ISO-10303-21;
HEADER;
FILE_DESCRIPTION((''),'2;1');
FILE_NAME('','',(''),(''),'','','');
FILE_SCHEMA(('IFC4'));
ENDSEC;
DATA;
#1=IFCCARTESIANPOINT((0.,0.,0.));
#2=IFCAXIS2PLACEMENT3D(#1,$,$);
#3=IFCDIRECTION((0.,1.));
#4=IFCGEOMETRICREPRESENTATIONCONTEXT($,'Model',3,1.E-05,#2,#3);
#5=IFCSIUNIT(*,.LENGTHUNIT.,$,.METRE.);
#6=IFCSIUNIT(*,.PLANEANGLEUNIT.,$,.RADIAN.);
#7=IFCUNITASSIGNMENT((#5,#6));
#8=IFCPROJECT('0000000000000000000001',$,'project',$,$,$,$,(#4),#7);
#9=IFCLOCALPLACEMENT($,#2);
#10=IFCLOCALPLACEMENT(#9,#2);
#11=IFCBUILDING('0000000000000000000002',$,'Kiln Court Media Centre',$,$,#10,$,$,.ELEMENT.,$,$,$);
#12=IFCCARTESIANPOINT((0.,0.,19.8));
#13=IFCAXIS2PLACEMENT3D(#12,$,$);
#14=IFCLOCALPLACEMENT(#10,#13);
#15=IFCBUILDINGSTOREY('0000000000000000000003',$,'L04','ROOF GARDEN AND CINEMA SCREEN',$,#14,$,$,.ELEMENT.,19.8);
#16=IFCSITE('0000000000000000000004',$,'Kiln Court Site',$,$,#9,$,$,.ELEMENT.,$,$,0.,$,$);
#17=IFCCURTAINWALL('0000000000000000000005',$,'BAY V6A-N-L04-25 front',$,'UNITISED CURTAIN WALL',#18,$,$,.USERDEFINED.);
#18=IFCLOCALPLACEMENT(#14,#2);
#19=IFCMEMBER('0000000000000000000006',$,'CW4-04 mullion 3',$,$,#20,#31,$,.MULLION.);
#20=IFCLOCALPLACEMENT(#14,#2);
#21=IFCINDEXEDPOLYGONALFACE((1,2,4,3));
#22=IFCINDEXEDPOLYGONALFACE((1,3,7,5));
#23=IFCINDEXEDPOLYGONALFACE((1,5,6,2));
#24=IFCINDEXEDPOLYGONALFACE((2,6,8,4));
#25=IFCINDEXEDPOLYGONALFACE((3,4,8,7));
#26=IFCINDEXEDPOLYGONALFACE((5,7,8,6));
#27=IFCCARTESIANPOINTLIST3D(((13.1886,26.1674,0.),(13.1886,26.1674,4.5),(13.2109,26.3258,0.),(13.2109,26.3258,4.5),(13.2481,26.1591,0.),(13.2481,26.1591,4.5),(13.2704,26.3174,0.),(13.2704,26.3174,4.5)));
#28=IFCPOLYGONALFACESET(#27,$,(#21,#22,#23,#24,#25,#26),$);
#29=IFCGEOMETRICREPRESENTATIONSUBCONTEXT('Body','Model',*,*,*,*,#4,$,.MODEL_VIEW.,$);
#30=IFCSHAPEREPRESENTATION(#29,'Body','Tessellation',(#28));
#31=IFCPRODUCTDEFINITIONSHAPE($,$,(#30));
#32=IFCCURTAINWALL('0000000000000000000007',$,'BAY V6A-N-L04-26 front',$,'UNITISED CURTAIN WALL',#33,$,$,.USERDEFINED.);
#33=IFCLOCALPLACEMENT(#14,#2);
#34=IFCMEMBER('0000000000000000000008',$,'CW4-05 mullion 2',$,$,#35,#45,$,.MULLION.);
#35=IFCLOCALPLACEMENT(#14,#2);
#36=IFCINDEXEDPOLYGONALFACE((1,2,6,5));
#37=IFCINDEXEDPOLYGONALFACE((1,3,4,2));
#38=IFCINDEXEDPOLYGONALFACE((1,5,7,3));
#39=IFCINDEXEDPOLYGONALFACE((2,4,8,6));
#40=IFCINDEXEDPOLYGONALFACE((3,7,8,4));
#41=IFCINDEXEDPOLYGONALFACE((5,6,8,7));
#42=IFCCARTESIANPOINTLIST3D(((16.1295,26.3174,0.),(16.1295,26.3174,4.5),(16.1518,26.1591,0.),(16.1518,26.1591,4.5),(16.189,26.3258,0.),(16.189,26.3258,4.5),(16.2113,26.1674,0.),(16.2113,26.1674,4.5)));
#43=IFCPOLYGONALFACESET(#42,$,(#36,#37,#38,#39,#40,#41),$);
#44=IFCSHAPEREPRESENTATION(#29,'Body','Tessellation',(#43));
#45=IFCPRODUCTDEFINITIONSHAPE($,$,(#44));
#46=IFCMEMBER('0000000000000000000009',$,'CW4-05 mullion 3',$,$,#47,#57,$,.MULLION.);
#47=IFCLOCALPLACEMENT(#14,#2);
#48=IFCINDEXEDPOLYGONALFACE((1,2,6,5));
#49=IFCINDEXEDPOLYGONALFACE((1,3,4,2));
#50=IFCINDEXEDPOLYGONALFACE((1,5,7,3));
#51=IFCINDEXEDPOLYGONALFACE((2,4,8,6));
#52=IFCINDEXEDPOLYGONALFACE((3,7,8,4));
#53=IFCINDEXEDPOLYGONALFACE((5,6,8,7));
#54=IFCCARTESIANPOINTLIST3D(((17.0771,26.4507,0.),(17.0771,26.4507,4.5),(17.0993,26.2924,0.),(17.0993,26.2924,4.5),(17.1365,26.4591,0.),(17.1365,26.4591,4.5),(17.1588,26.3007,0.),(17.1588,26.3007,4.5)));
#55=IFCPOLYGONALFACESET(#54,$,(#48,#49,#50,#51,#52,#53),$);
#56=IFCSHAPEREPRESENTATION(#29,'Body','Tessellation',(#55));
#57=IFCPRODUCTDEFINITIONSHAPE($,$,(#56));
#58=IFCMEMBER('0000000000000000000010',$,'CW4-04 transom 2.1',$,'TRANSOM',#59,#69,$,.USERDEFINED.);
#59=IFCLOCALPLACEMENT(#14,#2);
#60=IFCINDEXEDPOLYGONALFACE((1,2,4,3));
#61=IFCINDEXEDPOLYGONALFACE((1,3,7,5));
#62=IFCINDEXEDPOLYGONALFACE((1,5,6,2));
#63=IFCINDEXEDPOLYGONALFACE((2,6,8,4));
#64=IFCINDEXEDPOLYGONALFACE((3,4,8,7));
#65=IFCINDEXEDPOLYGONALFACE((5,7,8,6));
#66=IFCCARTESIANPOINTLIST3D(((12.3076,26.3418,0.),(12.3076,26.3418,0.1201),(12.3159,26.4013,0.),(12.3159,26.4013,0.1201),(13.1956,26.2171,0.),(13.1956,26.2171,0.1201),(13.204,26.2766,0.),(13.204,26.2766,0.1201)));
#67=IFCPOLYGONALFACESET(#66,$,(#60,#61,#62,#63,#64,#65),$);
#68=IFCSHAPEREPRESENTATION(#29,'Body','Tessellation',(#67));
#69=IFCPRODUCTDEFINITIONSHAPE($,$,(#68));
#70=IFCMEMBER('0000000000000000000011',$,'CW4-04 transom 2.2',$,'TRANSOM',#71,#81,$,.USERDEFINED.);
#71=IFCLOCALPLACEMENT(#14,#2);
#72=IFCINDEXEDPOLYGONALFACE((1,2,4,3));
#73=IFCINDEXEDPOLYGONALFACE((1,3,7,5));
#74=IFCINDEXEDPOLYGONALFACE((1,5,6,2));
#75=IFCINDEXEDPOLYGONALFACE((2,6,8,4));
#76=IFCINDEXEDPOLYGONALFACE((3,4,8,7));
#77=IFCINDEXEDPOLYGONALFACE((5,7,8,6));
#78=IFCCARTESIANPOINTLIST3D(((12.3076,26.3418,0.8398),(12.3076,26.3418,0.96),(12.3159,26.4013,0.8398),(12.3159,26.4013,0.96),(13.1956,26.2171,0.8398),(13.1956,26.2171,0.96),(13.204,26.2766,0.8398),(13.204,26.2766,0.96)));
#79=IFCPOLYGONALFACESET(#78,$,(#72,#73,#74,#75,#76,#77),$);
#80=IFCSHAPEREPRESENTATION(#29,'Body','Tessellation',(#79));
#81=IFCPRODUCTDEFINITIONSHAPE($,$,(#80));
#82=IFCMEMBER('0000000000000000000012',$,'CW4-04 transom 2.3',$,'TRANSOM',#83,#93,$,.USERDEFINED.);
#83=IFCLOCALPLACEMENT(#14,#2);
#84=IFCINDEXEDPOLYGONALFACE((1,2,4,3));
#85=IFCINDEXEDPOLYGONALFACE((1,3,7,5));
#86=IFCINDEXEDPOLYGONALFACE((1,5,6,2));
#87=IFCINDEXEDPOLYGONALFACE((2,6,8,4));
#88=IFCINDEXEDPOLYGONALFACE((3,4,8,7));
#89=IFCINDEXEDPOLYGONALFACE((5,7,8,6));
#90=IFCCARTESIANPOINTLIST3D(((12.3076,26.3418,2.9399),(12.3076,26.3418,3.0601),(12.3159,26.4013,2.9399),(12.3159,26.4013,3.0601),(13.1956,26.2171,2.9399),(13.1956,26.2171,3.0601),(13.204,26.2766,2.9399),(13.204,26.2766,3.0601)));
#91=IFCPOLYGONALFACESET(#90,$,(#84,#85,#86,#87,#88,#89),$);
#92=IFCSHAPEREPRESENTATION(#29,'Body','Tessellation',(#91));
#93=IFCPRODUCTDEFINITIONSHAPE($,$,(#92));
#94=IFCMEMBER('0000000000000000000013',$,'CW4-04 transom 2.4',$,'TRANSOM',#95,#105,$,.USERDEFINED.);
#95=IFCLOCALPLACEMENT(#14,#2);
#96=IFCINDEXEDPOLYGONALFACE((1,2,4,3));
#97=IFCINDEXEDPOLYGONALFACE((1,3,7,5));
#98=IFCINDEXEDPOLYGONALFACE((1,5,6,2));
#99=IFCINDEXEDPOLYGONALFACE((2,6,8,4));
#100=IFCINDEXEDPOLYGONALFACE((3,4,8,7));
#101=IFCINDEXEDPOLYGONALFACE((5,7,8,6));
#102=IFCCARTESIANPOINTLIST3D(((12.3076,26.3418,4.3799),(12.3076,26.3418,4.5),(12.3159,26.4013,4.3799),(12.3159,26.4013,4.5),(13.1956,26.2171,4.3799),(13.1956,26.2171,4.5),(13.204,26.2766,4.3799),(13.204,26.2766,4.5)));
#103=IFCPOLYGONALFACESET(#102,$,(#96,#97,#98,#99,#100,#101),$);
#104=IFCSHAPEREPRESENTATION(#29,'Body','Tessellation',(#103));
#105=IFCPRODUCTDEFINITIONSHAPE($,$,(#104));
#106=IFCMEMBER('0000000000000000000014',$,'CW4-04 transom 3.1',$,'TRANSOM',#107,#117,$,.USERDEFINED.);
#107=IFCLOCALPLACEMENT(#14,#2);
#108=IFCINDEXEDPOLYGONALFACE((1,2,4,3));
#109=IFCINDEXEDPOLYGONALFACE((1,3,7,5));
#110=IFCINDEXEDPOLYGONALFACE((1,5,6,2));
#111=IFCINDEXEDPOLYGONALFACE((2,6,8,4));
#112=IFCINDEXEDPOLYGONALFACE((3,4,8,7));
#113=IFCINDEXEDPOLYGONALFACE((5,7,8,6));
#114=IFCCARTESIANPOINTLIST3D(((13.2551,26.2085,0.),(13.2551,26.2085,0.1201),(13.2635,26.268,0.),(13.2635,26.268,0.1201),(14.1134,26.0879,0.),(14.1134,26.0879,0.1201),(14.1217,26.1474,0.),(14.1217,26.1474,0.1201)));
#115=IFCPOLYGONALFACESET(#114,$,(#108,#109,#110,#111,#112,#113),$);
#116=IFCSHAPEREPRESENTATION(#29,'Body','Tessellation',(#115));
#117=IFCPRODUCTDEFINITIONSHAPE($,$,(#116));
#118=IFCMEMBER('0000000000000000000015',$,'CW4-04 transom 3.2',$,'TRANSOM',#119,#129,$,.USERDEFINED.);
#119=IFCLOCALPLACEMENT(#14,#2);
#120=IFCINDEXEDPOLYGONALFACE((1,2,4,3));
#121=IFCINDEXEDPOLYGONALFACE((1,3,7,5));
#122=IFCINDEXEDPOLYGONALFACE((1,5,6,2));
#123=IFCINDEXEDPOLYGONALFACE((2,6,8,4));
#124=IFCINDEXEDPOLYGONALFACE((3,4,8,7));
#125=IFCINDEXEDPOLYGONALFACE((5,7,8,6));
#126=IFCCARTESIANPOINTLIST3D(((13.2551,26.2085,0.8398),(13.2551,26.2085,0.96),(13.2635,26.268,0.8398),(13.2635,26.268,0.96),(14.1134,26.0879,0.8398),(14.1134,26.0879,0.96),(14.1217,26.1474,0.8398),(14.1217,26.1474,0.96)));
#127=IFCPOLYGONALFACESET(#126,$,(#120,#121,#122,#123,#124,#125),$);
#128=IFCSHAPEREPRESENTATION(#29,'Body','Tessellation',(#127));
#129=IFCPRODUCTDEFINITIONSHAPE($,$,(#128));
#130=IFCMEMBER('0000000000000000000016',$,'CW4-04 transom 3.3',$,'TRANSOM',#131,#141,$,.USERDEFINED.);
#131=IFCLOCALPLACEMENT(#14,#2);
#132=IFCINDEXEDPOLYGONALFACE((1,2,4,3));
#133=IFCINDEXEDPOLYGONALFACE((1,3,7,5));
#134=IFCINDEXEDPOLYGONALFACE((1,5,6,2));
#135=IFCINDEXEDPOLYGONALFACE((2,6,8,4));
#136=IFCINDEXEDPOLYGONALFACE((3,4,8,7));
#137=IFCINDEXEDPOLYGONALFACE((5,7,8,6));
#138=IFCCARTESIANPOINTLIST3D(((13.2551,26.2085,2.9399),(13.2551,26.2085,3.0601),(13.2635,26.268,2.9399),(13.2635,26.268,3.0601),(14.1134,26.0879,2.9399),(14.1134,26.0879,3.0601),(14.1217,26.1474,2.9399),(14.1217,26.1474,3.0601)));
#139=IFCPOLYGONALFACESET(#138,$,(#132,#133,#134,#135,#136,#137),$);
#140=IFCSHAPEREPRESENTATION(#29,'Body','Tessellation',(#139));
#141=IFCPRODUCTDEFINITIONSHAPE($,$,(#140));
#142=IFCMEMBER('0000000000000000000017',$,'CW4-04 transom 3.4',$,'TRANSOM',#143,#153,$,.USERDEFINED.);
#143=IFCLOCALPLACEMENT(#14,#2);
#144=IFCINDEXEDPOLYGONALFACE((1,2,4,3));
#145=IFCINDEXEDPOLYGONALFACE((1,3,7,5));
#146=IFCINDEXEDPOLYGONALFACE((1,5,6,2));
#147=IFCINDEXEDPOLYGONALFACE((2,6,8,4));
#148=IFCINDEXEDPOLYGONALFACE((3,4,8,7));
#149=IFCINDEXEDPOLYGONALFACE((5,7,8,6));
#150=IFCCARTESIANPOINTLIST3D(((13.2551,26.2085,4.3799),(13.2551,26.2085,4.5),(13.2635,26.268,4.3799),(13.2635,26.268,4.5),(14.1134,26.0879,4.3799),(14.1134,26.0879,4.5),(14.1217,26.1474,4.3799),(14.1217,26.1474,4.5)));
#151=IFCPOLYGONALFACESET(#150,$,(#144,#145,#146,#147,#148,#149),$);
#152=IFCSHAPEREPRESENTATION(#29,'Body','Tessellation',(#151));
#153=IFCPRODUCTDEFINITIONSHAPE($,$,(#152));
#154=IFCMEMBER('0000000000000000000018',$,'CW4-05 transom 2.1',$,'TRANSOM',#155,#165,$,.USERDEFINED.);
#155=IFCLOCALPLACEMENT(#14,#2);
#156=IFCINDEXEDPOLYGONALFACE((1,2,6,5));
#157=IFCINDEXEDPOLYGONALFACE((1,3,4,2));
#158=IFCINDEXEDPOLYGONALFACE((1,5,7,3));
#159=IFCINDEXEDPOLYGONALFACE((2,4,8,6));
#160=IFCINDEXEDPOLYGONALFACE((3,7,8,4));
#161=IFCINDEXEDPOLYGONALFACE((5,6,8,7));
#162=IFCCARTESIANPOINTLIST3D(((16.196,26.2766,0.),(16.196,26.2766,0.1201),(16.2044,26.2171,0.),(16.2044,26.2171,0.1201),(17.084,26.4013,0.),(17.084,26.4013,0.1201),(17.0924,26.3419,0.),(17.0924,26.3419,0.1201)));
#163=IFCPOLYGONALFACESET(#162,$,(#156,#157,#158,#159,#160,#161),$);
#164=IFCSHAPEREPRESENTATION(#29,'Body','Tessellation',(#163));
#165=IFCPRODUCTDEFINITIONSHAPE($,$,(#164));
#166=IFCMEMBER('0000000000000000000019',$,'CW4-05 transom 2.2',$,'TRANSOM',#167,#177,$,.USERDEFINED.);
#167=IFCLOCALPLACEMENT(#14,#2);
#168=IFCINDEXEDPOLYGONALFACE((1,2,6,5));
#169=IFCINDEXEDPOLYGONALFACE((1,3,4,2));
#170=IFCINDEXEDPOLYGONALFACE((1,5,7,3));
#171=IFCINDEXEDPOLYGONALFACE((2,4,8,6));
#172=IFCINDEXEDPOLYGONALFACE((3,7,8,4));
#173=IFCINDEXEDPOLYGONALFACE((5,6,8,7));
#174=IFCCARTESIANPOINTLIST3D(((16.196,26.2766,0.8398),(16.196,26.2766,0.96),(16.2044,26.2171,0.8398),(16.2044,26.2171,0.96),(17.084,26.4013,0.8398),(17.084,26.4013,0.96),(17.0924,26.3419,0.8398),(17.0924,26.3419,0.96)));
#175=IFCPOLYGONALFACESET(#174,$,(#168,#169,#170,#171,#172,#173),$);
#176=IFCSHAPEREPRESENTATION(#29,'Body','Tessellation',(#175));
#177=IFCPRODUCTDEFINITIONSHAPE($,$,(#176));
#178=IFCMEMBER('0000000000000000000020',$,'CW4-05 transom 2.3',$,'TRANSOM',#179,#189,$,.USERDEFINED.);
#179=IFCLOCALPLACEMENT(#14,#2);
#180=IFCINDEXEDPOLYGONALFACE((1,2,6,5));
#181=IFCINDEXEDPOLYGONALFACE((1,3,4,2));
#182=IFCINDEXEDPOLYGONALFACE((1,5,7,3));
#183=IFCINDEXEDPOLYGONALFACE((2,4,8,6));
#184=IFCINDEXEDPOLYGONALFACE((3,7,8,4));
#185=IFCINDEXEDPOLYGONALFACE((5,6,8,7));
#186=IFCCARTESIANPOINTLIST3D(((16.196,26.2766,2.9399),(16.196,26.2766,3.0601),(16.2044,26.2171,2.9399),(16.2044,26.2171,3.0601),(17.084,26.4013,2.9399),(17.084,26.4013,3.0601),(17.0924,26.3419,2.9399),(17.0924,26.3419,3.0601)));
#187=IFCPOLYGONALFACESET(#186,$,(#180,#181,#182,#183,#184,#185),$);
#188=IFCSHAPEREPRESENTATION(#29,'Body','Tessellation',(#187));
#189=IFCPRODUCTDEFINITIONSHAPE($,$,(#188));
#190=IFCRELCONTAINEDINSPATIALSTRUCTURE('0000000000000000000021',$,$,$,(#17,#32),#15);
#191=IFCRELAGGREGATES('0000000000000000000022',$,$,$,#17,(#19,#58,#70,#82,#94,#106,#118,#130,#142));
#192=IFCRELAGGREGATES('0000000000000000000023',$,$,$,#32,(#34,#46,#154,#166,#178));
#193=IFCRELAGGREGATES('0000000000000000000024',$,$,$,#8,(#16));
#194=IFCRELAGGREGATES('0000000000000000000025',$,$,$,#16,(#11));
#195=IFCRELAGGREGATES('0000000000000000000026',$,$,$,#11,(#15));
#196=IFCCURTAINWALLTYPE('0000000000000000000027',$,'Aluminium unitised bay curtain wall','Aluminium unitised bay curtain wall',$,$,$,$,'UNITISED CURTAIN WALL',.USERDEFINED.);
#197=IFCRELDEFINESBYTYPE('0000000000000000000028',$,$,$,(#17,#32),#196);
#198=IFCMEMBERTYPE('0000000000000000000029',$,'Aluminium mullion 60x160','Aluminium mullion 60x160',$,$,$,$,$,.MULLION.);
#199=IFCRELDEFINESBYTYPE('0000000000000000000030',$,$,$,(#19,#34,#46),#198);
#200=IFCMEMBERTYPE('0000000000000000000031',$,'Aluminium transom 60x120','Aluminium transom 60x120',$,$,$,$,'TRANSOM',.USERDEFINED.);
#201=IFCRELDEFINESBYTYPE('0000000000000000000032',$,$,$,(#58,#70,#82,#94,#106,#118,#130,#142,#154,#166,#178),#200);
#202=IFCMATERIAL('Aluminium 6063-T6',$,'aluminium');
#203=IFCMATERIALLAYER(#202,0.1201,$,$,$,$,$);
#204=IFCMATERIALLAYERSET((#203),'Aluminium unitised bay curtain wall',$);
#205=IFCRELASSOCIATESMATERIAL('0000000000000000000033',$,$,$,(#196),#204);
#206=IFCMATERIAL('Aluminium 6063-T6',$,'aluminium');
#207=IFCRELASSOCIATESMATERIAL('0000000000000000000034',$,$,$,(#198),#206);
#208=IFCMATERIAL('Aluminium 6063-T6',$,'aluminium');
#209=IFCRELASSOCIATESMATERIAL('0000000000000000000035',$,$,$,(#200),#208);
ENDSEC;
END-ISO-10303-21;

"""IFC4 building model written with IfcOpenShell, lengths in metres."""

from ifc_helpers import new_model, si_unit, direction, frame, origin, origin_2d, place, context, subcontext, project, spatial, rectangle, extrude, material, layer, layer_set, material_profile, profile_set, type_object, element, aggregate, save


model = new_model("IFC4")

# Units and contexts
model_context = context("Model", 3, precision=1e-05, world=origin(), true_north=direction((0.0, 1.0)))
body_context = subcontext(model_context, "Body", "Model", "MODEL_VIEW")
ifc_project = project(units=[si_unit("LENGTHUNIT", "METRE"), si_unit("PLANEANGLEUNIT", "RADIAN")], contexts=[model_context])

# Site, building, storey
site_placement = place(None, origin())
site = spatial("IfcSite", under=ifc_project, at=site_placement, Name="Kiln Court Site", CompositionType="ELEMENT", RefElevation=0.0)
building_placement = place(site_placement, origin())
building = spatial("IfcBuilding", under=site, at=building_placement, Name="Kiln Court Media Centre", CompositionType="ELEMENT")
storey_placement = place(building_placement, frame((0.0, 0.0, 19.8)))
storey = spatial("IfcBuildingStorey", under=building, at=storey_placement, Name="L04", Description="ROOF GARDEN AND CINEMA SCREEN", CompositionType="ELEMENT", Elevation=19.8)

# Curtain wall, member
ifc_material_1 = material(Name="Aluminium 6063-T6", Category="aluminium")
ifc_layer_1 = layer(ifc_material_1, 0.1201)
ifc_layer_set_1 = layer_set([ifc_layer_1], Name="Aluminium unitised bay curtain wall")
curtain_wall_type = type_object("IfcCurtainWallType", Name="Aluminium unitised bay curtain wall", Description="Aluminium unitised bay curtain wall", ElementType="UNITISED CURTAIN WALL", PredefinedType="USERDEFINED", material=ifc_layer_set_1)
curtain_wall_1_placement = place(storey_placement, origin())
curtain_wall_1 = element("IfcCurtainWall", 1, at=curtain_wall_1_placement, inside=storey, type_object=curtain_wall_type, Name="BAY V6A-N-L04-25 front", ObjectType="UNITISED CURTAIN WALL", PredefinedType="USERDEFINED")
ifc_material_2 = material(Name="Aluminium 6063-T6", Category="aluminium")
ifc_material_profile_1 = material_profile(ifc_material_2, rectangle(XDim=0.0601, YDim=0.1599, at=origin_2d()), Name="Aluminium mullion 60x160")
ifc_profile_set_1 = profile_set([ifc_material_profile_1], Name="Aluminium 6063-T6")
member_type_1 = type_object("IfcMemberType", Name="Aluminium mullion 60x160", Description="Aluminium mullion 60x160", PredefinedType="MULLION", material=ifc_profile_set_1)
member_1_placement = place(storey_placement, frame((13.2295, 26.2424, 0.0), z_axis=(0.0, 0.0, 1.0), x_axis=(0.99027, -0.139162, 0.0)))
member_1 = element("IfcMember", 2, at=member_1_placement, type_object=member_type_1, Name="CW4-04 mullion 3", PredefinedType="MULLION", context=body_context, shape_type="SweptSolid", body=[
    extrude(rectangle(XDim=0.0601, YDim=0.1599, at=origin_2d()), origin(), (0.0, 0.0, 1.0), 4.5),
])

# Curtain wall, members
curtain_wall_2_placement = place(storey_placement, origin())
curtain_wall_2 = element("IfcCurtainWall", 3, at=curtain_wall_2_placement, inside=storey, type_object=curtain_wall_type, Name="BAY V6A-N-L04-26 front", ObjectType="UNITISED CURTAIN WALL", PredefinedType="USERDEFINED")
member_2_placement = place(storey_placement, frame((16.1704, 26.2424, 0.0), z_axis=(0.0, 0.0, 1.0), x_axis=(0.99027, 0.139162, 0.0)))
member_2 = element("IfcMember", 4, at=member_2_placement, type_object=member_type_1, Name="CW4-05 mullion 2", PredefinedType="MULLION", context=body_context, shape_type="SweptSolid", body=[
    extrude(rectangle(XDim=0.0601, YDim=0.1599, at=origin_2d()), origin(), (0.0, 0.0, 1.0), 4.5),
])
member_3_placement = place(storey_placement, frame((17.1179, 26.3757, 0.0), z_axis=(0.0, 0.0, 1.0), x_axis=(0.99027, 0.139162, 0.0)))
member_3 = element("IfcMember", 5, at=member_3_placement, type_object=member_type_1, Name="CW4-05 mullion 3", PredefinedType="MULLION", context=body_context, shape_type="SweptSolid", body=[
    extrude(rectangle(XDim=0.0601, YDim=0.1599, at=origin_2d()), origin(), (0.0, 0.0, 1.0), 4.5),
])

# Members
ifc_material_3 = material(Name="Aluminium 6063-T6", Category="aluminium")
ifc_material_profile_2 = material_profile(ifc_material_3, rectangle(XDim=0.0601, YDim=0.1201, at=origin_2d()), Name="Aluminium transom 60x120")
ifc_profile_set_2 = profile_set([ifc_material_profile_2], Name="Aluminium 6063-T6")
member_type_2 = type_object("IfcMemberType", Name="Aluminium transom 60x120", Description="Aluminium transom 60x120", ElementType="TRANSOM", PredefinedType="USERDEFINED", material=ifc_profile_set_2)
member_4_placement = place(storey_placement, frame((12.3118, 26.3716, 0.0601), z_axis=(0.990274, -0.139134, 0.0), x_axis=(0.139134, 0.990274, 0.0)))
member_4 = element("IfcMember", 6, at=member_4_placement, type_object=member_type_2, Name="CW4-04 transom 2.1", ObjectType="TRANSOM", PredefinedType="USERDEFINED", context=body_context, shape_type="SweptSolid", body=[
    extrude(rectangle(XDim=0.0601, YDim=0.1201, at=origin_2d()), origin(), (0.0, 0.0, 1.0), 0.8967),
])
member_5_placement = place(storey_placement, frame((12.3118, 26.3716, 0.8999), z_axis=(0.990274, -0.139134, 0.0), x_axis=(0.139134, 0.990274, 0.0)))
member_5 = element("IfcMember", 7, at=member_5_placement, type_object=member_type_2, Name="CW4-04 transom 2.2", ObjectType="TRANSOM", PredefinedType="USERDEFINED", context=body_context, shape_type="SweptSolid", body=[
    extrude(rectangle(XDim=0.0601, YDim=0.1201, at=origin_2d()), origin(), (0.0, 0.0, 1.0), 0.8967),
])
member_6_placement = place(storey_placement, frame((12.3118, 26.3716, 3.0), z_axis=(0.990274, -0.139134, 0.0), x_axis=(0.139134, 0.990274, 0.0)))
member_6 = element("IfcMember", 8, at=member_6_placement, type_object=member_type_2, Name="CW4-04 transom 2.3", ObjectType="TRANSOM", PredefinedType="USERDEFINED", context=body_context, shape_type="SweptSolid", body=[
    extrude(rectangle(XDim=0.0601, YDim=0.1201, at=origin_2d()), origin(), (0.0, 0.0, 1.0), 0.8967),
])
member_7_placement = place(storey_placement, frame((12.3118, 26.3716, 4.4399), z_axis=(0.990274, -0.139134, 0.0), x_axis=(0.139134, 0.990274, 0.0)))
member_7 = element("IfcMember", 9, at=member_7_placement, type_object=member_type_2, Name="CW4-04 transom 2.4", ObjectType="TRANSOM", PredefinedType="USERDEFINED", context=body_context, shape_type="SweptSolid", body=[
    extrude(rectangle(XDim=0.0601, YDim=0.1201, at=origin_2d()), origin(), (0.0, 0.0, 1.0), 0.8967),
])
member_8_placement = place(storey_placement, frame((13.2593, 26.2383, 0.0601), z_axis=(0.990268, -0.139173, 0.0), x_axis=(0.139173, 0.990268, 0.0)))
member_8 = element("IfcMember", 10, at=member_8_placement, type_object=member_type_2, Name="CW4-04 transom 3.1", ObjectType="TRANSOM", PredefinedType="USERDEFINED", context=body_context, shape_type="SweptSolid", body=[
    extrude(rectangle(XDim=0.0601, YDim=0.1201, at=origin_2d()), origin(), (0.0, 0.0, 1.0), 0.8667),
])
member_9_placement = place(storey_placement, frame((13.2593, 26.2383, 0.8999), z_axis=(0.990268, -0.139173, 0.0), x_axis=(0.139173, 0.990268, 0.0)))
member_9 = element("IfcMember", 11, at=member_9_placement, type_object=member_type_2, Name="CW4-04 transom 3.2", ObjectType="TRANSOM", PredefinedType="USERDEFINED", context=body_context, shape_type="SweptSolid", body=[
    extrude(rectangle(XDim=0.0601, YDim=0.1201, at=origin_2d()), origin(), (0.0, 0.0, 1.0), 0.8667),
])
member_10_placement = place(storey_placement, frame((13.2593, 26.2383, 3.0), z_axis=(0.990268, -0.139173, 0.0), x_axis=(0.139173, 0.990268, 0.0)))
member_10 = element("IfcMember", 12, at=member_10_placement, type_object=member_type_2, Name="CW4-04 transom 3.3", ObjectType="TRANSOM", PredefinedType="USERDEFINED", context=body_context, shape_type="SweptSolid", body=[
    extrude(rectangle(XDim=0.0601, YDim=0.1201, at=origin_2d()), origin(), (0.0, 0.0, 1.0), 0.8667),
])
member_11_placement = place(storey_placement, frame((13.2593, 26.2383, 4.4399), z_axis=(0.990268, -0.139173, 0.0), x_axis=(0.139173, 0.990268, 0.0)))
member_11 = element("IfcMember", 13, at=member_11_placement, type_object=member_type_2, Name="CW4-04 transom 3.4", ObjectType="TRANSOM", PredefinedType="USERDEFINED", context=body_context, shape_type="SweptSolid", body=[
    extrude(rectangle(XDim=0.0601, YDim=0.1201, at=origin_2d()), origin(), (0.0, 0.0, 1.0), 0.8667),
])
member_12_placement = place(storey_placement, frame((16.2002, 26.2468, 0.0601), z_axis=(0.990274, 0.139134, 0.0), x_axis=(-0.139134, 0.990274, 0.0)))
member_12 = element("IfcMember", 14, at=member_12_placement, type_object=member_type_2, Name="CW4-05 transom 2.1", ObjectType="TRANSOM", PredefinedType="USERDEFINED", context=body_context, shape_type="SweptSolid", body=[
    extrude(rectangle(XDim=0.0601, YDim=0.1201, at=origin_2d()), origin(), (0.0, 0.0, 1.0), 0.8967),
])
member_13_placement = place(storey_placement, frame((16.2002, 26.2468, 0.8999), z_axis=(0.990274, 0.139134, 0.0), x_axis=(-0.139134, 0.990274, 0.0)))
member_13 = element("IfcMember", 15, at=member_13_placement, type_object=member_type_2, Name="CW4-05 transom 2.2", ObjectType="TRANSOM", PredefinedType="USERDEFINED", context=body_context, shape_type="SweptSolid", body=[
    extrude(rectangle(XDim=0.0601, YDim=0.1201, at=origin_2d()), origin(), (0.0, 0.0, 1.0), 0.8967),
])
member_14_placement = place(storey_placement, frame((16.2002, 26.2468, 3.0), z_axis=(0.990274, 0.139134, 0.0), x_axis=(-0.139134, 0.990274, 0.0)))
member_14 = element("IfcMember", 16, at=member_14_placement, type_object=member_type_2, Name="CW4-05 transom 2.3", ObjectType="TRANSOM", PredefinedType="USERDEFINED", context=body_context, shape_type="SweptSolid", body=[
    extrude(rectangle(XDim=0.0601, YDim=0.1201, at=origin_2d()), origin(), (0.0, 0.0, 1.0), 0.8967),
])

aggregate(curtain_wall_1, [member_1, member_4, member_5, member_6, member_7, member_8, member_9, member_10, member_11])
aggregate(curtain_wall_2, [member_2, member_3, member_12, member_13, member_14])

save(model, "model.ifc")
